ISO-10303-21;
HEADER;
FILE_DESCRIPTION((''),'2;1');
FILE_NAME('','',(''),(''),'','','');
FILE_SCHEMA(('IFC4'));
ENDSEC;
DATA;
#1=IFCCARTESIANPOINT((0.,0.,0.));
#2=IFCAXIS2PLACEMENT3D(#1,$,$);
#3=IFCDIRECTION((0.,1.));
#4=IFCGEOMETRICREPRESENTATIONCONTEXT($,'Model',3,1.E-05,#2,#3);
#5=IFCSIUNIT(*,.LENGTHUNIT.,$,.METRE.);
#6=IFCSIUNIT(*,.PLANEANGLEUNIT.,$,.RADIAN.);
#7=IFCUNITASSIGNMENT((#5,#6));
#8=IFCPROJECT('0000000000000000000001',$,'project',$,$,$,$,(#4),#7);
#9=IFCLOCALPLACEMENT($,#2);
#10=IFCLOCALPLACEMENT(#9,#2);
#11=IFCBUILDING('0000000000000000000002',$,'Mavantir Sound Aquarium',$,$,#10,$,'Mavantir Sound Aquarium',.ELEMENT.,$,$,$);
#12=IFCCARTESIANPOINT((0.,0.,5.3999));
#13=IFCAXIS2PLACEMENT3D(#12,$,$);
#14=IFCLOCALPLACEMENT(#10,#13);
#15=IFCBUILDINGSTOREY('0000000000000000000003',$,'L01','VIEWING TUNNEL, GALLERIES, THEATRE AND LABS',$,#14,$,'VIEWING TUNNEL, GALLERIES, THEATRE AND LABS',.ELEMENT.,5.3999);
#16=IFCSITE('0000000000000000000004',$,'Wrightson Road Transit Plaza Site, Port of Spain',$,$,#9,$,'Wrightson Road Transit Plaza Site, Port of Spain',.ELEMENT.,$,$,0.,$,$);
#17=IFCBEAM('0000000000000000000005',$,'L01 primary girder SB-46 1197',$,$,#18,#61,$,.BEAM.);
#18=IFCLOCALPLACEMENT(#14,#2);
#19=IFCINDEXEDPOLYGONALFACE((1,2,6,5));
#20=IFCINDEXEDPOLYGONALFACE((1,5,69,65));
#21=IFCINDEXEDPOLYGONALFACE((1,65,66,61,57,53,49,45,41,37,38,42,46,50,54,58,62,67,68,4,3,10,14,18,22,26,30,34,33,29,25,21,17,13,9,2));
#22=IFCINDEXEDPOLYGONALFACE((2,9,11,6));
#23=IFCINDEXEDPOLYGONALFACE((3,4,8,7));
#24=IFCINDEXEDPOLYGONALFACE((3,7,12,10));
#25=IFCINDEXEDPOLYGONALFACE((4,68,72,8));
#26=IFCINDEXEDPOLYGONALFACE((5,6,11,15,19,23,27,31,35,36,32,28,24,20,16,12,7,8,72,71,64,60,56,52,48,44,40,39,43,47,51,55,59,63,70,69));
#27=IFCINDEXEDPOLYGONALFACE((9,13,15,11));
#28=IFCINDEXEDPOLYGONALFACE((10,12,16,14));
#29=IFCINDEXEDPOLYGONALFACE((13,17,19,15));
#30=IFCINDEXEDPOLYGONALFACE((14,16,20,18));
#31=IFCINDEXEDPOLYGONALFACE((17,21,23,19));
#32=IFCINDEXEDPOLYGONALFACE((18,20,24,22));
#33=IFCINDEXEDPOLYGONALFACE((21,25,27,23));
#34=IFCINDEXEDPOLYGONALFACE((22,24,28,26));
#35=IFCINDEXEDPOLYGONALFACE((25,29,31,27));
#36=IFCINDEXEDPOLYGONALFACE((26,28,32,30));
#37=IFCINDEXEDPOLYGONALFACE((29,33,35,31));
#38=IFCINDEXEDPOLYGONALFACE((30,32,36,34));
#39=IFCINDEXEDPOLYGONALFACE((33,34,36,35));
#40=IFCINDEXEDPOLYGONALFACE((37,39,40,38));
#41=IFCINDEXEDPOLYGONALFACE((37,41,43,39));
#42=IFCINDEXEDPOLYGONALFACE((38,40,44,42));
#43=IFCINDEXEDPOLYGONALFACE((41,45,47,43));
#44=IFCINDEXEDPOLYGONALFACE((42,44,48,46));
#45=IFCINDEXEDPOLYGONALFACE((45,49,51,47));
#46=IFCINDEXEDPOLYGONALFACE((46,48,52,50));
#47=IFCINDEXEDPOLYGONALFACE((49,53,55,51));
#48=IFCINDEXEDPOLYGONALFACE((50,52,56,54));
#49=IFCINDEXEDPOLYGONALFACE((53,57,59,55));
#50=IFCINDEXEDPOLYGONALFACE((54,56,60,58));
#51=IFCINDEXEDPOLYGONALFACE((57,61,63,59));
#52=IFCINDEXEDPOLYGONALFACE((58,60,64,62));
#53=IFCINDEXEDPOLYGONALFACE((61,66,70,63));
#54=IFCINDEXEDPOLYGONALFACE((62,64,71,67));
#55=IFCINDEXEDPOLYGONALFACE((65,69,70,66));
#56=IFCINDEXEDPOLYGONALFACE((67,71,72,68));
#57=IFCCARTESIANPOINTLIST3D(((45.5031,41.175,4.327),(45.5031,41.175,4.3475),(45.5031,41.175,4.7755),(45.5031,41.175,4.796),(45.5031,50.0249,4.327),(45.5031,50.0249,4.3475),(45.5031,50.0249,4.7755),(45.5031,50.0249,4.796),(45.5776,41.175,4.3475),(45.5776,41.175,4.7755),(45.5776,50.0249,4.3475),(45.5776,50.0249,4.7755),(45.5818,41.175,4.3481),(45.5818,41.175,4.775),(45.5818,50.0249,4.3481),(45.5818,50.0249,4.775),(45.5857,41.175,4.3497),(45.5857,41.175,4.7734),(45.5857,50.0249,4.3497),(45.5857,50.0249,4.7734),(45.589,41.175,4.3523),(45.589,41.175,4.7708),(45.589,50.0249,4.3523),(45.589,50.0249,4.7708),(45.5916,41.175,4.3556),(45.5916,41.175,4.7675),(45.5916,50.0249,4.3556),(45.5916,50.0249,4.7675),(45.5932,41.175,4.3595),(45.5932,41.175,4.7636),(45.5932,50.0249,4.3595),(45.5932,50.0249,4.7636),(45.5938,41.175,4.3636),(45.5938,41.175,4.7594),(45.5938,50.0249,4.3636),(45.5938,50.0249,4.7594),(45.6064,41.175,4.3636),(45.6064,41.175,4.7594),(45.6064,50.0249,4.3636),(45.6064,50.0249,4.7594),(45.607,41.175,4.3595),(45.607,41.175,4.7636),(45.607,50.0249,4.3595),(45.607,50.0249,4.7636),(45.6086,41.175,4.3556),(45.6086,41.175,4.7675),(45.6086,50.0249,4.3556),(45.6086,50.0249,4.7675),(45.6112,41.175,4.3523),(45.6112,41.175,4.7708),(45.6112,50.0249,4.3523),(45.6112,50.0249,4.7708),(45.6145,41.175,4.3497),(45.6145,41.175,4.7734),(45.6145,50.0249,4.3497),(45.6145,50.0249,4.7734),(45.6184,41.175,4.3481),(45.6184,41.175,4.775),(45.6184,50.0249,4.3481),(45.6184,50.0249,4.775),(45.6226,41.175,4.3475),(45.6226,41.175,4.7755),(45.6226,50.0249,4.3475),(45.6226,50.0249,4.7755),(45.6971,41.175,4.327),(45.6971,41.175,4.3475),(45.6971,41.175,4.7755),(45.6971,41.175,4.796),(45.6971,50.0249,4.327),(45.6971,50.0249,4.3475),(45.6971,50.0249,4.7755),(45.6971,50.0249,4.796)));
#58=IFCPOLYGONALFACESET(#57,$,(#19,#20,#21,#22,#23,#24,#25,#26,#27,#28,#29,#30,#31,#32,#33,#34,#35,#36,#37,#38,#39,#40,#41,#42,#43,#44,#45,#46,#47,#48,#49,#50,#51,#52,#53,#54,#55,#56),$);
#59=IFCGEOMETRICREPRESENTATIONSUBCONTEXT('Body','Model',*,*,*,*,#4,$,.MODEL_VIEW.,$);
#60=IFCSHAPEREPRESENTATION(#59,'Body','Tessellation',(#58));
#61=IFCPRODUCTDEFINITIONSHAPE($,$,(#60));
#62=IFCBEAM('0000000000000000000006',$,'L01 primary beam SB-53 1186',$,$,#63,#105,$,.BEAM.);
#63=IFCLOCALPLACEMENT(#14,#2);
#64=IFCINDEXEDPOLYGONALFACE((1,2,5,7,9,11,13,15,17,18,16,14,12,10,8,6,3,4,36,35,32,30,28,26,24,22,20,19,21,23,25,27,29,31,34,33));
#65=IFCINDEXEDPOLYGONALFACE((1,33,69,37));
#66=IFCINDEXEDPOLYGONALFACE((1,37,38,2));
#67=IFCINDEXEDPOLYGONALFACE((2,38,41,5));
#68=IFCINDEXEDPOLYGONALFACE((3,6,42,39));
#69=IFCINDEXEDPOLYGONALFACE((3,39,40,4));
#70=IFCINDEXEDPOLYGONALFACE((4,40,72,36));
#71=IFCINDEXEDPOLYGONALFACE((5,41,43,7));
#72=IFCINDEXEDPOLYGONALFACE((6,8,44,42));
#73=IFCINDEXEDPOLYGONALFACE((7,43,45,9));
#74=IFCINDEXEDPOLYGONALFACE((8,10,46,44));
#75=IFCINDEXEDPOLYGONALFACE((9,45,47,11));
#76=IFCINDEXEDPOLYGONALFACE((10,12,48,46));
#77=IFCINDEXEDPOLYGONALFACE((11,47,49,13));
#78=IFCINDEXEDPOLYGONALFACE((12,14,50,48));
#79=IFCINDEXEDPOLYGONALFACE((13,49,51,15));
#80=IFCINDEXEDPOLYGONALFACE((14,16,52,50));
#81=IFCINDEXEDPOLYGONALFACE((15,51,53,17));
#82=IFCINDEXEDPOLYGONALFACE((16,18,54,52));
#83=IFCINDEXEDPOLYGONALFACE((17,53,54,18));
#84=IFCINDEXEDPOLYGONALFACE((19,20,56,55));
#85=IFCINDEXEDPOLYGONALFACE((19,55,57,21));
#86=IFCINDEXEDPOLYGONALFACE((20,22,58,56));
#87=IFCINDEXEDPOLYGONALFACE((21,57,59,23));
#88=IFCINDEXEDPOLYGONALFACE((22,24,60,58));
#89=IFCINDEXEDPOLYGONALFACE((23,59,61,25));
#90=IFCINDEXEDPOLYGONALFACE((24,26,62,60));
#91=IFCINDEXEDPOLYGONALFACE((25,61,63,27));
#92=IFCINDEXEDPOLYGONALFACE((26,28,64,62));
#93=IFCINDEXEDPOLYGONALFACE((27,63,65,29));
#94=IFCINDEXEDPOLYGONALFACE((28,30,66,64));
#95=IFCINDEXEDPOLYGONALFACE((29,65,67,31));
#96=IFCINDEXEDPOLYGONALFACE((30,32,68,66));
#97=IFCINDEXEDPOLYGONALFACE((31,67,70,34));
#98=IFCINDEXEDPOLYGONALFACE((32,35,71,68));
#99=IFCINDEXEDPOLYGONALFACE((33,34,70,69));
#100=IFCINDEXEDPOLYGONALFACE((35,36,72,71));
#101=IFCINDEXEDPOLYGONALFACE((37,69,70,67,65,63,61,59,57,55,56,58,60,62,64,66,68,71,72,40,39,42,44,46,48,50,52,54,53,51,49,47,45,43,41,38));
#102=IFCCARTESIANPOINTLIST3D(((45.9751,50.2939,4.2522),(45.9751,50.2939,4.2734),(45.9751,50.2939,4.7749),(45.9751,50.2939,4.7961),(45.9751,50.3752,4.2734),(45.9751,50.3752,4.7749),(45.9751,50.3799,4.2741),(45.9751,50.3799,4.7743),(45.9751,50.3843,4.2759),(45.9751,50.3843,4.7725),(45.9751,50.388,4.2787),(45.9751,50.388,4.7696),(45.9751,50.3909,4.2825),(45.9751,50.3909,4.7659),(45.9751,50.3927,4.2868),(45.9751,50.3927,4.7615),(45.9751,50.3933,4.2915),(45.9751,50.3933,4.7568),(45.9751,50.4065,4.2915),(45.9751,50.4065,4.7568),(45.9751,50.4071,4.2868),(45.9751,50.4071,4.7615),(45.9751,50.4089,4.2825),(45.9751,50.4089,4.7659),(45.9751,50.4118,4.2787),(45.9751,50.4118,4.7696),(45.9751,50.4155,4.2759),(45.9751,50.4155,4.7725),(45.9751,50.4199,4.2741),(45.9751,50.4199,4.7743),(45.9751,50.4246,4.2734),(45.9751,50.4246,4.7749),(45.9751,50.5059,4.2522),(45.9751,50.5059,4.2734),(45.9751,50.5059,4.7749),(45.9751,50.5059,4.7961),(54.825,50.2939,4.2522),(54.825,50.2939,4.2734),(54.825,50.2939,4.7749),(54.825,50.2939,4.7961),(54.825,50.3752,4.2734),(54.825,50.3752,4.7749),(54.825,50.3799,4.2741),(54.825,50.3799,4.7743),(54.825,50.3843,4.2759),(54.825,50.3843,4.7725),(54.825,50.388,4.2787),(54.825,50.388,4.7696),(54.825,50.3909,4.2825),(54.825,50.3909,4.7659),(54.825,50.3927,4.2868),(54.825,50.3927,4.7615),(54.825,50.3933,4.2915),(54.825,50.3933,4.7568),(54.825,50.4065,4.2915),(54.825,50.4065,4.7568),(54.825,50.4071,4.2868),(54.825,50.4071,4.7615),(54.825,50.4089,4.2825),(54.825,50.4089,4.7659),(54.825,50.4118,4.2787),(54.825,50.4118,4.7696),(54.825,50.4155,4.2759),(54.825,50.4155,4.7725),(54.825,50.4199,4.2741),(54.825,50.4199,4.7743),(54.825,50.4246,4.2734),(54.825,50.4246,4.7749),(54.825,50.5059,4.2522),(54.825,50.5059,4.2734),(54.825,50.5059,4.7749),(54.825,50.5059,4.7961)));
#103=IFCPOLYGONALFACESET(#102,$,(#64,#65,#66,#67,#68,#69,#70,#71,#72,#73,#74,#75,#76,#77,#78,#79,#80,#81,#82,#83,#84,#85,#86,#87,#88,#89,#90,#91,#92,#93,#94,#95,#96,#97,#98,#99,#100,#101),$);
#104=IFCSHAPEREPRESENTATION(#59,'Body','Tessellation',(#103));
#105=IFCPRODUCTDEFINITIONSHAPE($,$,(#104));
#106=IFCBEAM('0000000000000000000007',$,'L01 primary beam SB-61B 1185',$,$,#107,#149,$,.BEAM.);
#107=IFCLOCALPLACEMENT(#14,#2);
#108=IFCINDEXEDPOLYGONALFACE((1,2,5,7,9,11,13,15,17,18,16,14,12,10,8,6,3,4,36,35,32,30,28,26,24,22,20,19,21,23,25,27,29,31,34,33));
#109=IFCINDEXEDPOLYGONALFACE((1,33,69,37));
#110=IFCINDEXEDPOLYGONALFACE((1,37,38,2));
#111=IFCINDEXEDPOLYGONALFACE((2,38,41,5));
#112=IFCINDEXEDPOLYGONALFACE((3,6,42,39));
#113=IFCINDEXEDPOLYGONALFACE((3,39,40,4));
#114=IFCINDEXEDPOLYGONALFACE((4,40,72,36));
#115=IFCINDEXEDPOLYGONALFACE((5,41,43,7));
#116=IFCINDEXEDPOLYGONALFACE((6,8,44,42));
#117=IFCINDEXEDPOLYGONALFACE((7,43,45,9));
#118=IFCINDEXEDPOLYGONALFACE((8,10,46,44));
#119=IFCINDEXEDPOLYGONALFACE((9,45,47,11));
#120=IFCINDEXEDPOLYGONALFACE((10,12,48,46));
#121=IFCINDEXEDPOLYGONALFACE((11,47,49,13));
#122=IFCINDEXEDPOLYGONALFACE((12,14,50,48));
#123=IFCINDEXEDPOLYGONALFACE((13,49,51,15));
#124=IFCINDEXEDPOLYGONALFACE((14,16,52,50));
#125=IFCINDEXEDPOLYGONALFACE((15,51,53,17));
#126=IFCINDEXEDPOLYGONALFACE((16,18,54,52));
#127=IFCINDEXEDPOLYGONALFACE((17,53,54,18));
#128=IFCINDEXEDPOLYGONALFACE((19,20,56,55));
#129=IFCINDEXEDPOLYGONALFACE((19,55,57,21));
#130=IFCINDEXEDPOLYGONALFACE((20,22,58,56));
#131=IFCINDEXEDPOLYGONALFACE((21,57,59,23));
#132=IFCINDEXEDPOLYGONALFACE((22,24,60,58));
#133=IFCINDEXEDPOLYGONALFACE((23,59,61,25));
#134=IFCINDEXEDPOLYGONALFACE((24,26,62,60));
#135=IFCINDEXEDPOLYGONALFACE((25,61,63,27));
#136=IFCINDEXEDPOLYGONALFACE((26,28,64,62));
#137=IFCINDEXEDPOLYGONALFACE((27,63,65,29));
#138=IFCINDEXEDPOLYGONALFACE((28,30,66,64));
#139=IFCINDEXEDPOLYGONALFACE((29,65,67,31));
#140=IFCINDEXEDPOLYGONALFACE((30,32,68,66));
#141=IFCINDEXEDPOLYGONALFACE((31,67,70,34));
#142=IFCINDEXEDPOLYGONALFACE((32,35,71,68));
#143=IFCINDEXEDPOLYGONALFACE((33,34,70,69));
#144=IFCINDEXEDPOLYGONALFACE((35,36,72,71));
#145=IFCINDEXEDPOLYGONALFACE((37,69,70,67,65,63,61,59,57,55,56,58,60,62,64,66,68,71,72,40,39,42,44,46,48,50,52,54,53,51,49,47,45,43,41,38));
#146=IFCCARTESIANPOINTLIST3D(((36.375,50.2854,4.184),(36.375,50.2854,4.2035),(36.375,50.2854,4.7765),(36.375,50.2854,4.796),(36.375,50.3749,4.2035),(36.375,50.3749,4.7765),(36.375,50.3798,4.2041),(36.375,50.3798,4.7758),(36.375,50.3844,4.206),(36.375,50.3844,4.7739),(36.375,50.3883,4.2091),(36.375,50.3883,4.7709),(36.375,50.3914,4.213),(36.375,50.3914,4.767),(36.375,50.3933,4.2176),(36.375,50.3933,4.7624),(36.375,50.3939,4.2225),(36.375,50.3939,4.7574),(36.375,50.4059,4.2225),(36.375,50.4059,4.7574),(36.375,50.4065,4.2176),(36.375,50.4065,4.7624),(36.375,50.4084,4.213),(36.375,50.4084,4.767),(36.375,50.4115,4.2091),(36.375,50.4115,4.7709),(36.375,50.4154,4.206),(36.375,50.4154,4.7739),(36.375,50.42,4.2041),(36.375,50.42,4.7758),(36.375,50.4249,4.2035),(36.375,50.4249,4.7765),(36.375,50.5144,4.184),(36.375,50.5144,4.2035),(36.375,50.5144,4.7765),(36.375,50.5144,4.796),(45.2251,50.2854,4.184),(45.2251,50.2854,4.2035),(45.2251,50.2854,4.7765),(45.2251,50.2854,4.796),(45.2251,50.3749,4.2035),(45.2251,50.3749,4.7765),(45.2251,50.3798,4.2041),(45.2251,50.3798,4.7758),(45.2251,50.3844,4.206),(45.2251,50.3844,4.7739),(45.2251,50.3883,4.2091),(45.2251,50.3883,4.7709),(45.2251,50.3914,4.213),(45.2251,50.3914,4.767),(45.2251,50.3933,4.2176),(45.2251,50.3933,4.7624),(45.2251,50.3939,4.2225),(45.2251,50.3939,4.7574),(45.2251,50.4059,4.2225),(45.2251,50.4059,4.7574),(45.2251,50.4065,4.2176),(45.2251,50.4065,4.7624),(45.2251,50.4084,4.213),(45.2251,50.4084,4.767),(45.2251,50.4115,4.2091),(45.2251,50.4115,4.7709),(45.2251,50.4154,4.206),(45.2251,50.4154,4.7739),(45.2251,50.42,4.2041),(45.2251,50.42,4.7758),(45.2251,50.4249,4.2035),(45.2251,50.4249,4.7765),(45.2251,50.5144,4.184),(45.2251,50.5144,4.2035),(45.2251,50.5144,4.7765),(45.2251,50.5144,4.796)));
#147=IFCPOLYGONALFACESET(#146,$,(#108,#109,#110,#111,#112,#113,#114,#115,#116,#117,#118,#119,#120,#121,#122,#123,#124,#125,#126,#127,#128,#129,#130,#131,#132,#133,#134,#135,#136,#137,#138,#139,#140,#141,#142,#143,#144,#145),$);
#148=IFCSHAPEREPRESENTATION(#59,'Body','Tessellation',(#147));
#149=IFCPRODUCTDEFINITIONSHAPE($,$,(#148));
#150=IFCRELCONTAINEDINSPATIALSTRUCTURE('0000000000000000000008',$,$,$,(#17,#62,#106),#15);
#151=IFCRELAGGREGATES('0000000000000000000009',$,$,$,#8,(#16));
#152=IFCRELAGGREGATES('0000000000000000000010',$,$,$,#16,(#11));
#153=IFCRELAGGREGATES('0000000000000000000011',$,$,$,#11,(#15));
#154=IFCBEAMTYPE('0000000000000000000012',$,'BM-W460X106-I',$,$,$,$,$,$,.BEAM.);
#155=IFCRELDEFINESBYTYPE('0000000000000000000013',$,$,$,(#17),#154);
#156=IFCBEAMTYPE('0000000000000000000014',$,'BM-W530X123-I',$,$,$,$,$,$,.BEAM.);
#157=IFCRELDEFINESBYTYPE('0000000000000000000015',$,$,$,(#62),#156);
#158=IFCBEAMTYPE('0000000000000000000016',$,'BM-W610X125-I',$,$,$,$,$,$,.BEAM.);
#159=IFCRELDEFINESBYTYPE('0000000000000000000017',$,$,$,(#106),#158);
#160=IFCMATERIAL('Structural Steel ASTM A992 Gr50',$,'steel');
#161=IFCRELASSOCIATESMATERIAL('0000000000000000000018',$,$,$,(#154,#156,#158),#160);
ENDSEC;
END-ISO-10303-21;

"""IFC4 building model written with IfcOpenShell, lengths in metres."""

from ifc_helpers import new_model, si_unit, direction, frame, origin, origin_2d, place, context, subcontext, project, spatial, i_section, extrude, material, material_profile, profile_set, type_object, element, save


model = new_model("IFC4")

# Units and contexts
model_context = context("Model", 3, precision=1e-05, world=origin(), true_north=direction((0.0, 1.0)))
body_context = subcontext(model_context, "Body", "Model", "MODEL_VIEW")
ifc_project = project(units=[si_unit("LENGTHUNIT", "METRE"), si_unit("PLANEANGLEUNIT", "RADIAN")], contexts=[model_context])

# Site, building, storey
site_placement = place(None, origin())
site = spatial("IfcSite", under=ifc_project, at=site_placement, Name="Wrightson Road Transit Plaza Site, Port of Spain", LongName="Wrightson Road Transit Plaza Site, Port of Spain", CompositionType="ELEMENT", RefElevation=0.0)
building_placement = place(site_placement, origin())
building = spatial("IfcBuilding", under=site, at=building_placement, Name="Mavantir Sound Aquarium", LongName="Mavantir Sound Aquarium", CompositionType="ELEMENT")
storey_placement = place(building_placement, frame((0.0, 0.0, 5.3999)))
storey = spatial("IfcBuildingStorey", under=building, at=storey_placement, Name="L01", Description="VIEWING TUNNEL, GALLERIES, THEATRE AND LABS", LongName="VIEWING TUNNEL, GALLERIES, THEATRE AND LABS", CompositionType="ELEMENT", Elevation=5.3999)

# Beams
ifc_material_1 = material(Name="Structural Steel ASTM A992 Gr50", Category="steel")
ifc_material_profile_1 = material_profile(ifc_material_1, i_section(OverallWidth=0.1941, OverallDepth=0.469, WebThickness=0.0127, FlangeThickness=0.0205, FilletRadius=0.0161, at=origin_2d()), Name="W460X106")
ifc_profile_set_1 = profile_set([ifc_material_profile_1], Name="Structural Steel ASTM A992 Gr50")
beam_type_1 = type_object("IfcBeamType", Name="BM-W460X106-I", PredefinedType="BEAM", material=ifc_profile_set_1)
beam_1_placement = place(storey_placement, frame((45.6001, 41.175, 4.5615), z_axis=(0.0, 1.0, 0.0), x_axis=(-1.0, 0.0, 0.0)))
element("IfcBeam", 1, at=beam_1_placement, inside=storey, type_object=beam_type_1, Name="L01 primary girder SB-46 1197", PredefinedType="BEAM", context=body_context, shape_type="SweptSolid", body=[
    extrude(i_section(OverallWidth=0.1941, OverallDepth=0.469, WebThickness=0.0127, FlangeThickness=0.0205, FilletRadius=0.0161, at=origin_2d()), origin(), (0.0, 0.0, 1.0), 8.8499),
])
ifc_material_profile_2 = material_profile(ifc_material_1, i_section(OverallWidth=0.2119, OverallDepth=0.5439, WebThickness=0.0132, FlangeThickness=0.0212, FilletRadius=0.0181, at=origin_2d()), Name="W530X123")
ifc_profile_set_2 = profile_set([ifc_material_profile_2], Name="Structural Steel ASTM A992 Gr50")
beam_type_2 = type_object("IfcBeamType", Name="BM-W530X123-I", PredefinedType="BEAM", material=ifc_profile_set_2)
beam_2_placement = place(storey_placement, frame((45.9751, 50.3999, 4.5242), z_axis=(1.0, 0.0, 0.0), x_axis=(0.0, 1.0, 0.0)))
element("IfcBeam", 2, at=beam_2_placement, inside=storey, type_object=beam_type_2, Name="L01 primary beam SB-53 1186", PredefinedType="BEAM", context=body_context, shape_type="SweptSolid", body=[
    extrude(i_section(OverallWidth=0.2119, OverallDepth=0.5439, WebThickness=0.0132, FlangeThickness=0.0212, FilletRadius=0.0181, at=origin_2d()), origin(), (0.0, 0.0, 1.0), 8.8499),
])
ifc_material_profile_3 = material_profile(ifc_material_1, i_section(OverallWidth=0.229, OverallDepth=0.6121, WebThickness=0.012, FlangeThickness=0.0195, FilletRadius=0.019, at=origin_2d()), Name="W610X125")
ifc_profile_set_3 = profile_set([ifc_material_profile_3], Name="Structural Steel ASTM A992 Gr50")
beam_type_3 = type_object("IfcBeamType", Name="BM-W610X125-I", PredefinedType="BEAM", material=ifc_profile_set_3)
beam_3_placement = place(storey_placement, frame((36.375, 50.3999, 4.49), z_axis=(1.0, 0.0, 0.0), x_axis=(0.0, 1.0, 0.0)))
element("IfcBeam", 3, at=beam_3_placement, inside=storey, type_object=beam_type_3, Name="L01 primary beam SB-61B 1185", PredefinedType="BEAM", context=body_context, shape_type="SweptSolid", body=[
    extrude(i_section(OverallWidth=0.229, OverallDepth=0.6121, WebThickness=0.012, FlangeThickness=0.0195, FilletRadius=0.019, at=origin_2d()), origin(), (0.0, 0.0, 1.0), 8.8501),
])

save(model, "model.ifc")
